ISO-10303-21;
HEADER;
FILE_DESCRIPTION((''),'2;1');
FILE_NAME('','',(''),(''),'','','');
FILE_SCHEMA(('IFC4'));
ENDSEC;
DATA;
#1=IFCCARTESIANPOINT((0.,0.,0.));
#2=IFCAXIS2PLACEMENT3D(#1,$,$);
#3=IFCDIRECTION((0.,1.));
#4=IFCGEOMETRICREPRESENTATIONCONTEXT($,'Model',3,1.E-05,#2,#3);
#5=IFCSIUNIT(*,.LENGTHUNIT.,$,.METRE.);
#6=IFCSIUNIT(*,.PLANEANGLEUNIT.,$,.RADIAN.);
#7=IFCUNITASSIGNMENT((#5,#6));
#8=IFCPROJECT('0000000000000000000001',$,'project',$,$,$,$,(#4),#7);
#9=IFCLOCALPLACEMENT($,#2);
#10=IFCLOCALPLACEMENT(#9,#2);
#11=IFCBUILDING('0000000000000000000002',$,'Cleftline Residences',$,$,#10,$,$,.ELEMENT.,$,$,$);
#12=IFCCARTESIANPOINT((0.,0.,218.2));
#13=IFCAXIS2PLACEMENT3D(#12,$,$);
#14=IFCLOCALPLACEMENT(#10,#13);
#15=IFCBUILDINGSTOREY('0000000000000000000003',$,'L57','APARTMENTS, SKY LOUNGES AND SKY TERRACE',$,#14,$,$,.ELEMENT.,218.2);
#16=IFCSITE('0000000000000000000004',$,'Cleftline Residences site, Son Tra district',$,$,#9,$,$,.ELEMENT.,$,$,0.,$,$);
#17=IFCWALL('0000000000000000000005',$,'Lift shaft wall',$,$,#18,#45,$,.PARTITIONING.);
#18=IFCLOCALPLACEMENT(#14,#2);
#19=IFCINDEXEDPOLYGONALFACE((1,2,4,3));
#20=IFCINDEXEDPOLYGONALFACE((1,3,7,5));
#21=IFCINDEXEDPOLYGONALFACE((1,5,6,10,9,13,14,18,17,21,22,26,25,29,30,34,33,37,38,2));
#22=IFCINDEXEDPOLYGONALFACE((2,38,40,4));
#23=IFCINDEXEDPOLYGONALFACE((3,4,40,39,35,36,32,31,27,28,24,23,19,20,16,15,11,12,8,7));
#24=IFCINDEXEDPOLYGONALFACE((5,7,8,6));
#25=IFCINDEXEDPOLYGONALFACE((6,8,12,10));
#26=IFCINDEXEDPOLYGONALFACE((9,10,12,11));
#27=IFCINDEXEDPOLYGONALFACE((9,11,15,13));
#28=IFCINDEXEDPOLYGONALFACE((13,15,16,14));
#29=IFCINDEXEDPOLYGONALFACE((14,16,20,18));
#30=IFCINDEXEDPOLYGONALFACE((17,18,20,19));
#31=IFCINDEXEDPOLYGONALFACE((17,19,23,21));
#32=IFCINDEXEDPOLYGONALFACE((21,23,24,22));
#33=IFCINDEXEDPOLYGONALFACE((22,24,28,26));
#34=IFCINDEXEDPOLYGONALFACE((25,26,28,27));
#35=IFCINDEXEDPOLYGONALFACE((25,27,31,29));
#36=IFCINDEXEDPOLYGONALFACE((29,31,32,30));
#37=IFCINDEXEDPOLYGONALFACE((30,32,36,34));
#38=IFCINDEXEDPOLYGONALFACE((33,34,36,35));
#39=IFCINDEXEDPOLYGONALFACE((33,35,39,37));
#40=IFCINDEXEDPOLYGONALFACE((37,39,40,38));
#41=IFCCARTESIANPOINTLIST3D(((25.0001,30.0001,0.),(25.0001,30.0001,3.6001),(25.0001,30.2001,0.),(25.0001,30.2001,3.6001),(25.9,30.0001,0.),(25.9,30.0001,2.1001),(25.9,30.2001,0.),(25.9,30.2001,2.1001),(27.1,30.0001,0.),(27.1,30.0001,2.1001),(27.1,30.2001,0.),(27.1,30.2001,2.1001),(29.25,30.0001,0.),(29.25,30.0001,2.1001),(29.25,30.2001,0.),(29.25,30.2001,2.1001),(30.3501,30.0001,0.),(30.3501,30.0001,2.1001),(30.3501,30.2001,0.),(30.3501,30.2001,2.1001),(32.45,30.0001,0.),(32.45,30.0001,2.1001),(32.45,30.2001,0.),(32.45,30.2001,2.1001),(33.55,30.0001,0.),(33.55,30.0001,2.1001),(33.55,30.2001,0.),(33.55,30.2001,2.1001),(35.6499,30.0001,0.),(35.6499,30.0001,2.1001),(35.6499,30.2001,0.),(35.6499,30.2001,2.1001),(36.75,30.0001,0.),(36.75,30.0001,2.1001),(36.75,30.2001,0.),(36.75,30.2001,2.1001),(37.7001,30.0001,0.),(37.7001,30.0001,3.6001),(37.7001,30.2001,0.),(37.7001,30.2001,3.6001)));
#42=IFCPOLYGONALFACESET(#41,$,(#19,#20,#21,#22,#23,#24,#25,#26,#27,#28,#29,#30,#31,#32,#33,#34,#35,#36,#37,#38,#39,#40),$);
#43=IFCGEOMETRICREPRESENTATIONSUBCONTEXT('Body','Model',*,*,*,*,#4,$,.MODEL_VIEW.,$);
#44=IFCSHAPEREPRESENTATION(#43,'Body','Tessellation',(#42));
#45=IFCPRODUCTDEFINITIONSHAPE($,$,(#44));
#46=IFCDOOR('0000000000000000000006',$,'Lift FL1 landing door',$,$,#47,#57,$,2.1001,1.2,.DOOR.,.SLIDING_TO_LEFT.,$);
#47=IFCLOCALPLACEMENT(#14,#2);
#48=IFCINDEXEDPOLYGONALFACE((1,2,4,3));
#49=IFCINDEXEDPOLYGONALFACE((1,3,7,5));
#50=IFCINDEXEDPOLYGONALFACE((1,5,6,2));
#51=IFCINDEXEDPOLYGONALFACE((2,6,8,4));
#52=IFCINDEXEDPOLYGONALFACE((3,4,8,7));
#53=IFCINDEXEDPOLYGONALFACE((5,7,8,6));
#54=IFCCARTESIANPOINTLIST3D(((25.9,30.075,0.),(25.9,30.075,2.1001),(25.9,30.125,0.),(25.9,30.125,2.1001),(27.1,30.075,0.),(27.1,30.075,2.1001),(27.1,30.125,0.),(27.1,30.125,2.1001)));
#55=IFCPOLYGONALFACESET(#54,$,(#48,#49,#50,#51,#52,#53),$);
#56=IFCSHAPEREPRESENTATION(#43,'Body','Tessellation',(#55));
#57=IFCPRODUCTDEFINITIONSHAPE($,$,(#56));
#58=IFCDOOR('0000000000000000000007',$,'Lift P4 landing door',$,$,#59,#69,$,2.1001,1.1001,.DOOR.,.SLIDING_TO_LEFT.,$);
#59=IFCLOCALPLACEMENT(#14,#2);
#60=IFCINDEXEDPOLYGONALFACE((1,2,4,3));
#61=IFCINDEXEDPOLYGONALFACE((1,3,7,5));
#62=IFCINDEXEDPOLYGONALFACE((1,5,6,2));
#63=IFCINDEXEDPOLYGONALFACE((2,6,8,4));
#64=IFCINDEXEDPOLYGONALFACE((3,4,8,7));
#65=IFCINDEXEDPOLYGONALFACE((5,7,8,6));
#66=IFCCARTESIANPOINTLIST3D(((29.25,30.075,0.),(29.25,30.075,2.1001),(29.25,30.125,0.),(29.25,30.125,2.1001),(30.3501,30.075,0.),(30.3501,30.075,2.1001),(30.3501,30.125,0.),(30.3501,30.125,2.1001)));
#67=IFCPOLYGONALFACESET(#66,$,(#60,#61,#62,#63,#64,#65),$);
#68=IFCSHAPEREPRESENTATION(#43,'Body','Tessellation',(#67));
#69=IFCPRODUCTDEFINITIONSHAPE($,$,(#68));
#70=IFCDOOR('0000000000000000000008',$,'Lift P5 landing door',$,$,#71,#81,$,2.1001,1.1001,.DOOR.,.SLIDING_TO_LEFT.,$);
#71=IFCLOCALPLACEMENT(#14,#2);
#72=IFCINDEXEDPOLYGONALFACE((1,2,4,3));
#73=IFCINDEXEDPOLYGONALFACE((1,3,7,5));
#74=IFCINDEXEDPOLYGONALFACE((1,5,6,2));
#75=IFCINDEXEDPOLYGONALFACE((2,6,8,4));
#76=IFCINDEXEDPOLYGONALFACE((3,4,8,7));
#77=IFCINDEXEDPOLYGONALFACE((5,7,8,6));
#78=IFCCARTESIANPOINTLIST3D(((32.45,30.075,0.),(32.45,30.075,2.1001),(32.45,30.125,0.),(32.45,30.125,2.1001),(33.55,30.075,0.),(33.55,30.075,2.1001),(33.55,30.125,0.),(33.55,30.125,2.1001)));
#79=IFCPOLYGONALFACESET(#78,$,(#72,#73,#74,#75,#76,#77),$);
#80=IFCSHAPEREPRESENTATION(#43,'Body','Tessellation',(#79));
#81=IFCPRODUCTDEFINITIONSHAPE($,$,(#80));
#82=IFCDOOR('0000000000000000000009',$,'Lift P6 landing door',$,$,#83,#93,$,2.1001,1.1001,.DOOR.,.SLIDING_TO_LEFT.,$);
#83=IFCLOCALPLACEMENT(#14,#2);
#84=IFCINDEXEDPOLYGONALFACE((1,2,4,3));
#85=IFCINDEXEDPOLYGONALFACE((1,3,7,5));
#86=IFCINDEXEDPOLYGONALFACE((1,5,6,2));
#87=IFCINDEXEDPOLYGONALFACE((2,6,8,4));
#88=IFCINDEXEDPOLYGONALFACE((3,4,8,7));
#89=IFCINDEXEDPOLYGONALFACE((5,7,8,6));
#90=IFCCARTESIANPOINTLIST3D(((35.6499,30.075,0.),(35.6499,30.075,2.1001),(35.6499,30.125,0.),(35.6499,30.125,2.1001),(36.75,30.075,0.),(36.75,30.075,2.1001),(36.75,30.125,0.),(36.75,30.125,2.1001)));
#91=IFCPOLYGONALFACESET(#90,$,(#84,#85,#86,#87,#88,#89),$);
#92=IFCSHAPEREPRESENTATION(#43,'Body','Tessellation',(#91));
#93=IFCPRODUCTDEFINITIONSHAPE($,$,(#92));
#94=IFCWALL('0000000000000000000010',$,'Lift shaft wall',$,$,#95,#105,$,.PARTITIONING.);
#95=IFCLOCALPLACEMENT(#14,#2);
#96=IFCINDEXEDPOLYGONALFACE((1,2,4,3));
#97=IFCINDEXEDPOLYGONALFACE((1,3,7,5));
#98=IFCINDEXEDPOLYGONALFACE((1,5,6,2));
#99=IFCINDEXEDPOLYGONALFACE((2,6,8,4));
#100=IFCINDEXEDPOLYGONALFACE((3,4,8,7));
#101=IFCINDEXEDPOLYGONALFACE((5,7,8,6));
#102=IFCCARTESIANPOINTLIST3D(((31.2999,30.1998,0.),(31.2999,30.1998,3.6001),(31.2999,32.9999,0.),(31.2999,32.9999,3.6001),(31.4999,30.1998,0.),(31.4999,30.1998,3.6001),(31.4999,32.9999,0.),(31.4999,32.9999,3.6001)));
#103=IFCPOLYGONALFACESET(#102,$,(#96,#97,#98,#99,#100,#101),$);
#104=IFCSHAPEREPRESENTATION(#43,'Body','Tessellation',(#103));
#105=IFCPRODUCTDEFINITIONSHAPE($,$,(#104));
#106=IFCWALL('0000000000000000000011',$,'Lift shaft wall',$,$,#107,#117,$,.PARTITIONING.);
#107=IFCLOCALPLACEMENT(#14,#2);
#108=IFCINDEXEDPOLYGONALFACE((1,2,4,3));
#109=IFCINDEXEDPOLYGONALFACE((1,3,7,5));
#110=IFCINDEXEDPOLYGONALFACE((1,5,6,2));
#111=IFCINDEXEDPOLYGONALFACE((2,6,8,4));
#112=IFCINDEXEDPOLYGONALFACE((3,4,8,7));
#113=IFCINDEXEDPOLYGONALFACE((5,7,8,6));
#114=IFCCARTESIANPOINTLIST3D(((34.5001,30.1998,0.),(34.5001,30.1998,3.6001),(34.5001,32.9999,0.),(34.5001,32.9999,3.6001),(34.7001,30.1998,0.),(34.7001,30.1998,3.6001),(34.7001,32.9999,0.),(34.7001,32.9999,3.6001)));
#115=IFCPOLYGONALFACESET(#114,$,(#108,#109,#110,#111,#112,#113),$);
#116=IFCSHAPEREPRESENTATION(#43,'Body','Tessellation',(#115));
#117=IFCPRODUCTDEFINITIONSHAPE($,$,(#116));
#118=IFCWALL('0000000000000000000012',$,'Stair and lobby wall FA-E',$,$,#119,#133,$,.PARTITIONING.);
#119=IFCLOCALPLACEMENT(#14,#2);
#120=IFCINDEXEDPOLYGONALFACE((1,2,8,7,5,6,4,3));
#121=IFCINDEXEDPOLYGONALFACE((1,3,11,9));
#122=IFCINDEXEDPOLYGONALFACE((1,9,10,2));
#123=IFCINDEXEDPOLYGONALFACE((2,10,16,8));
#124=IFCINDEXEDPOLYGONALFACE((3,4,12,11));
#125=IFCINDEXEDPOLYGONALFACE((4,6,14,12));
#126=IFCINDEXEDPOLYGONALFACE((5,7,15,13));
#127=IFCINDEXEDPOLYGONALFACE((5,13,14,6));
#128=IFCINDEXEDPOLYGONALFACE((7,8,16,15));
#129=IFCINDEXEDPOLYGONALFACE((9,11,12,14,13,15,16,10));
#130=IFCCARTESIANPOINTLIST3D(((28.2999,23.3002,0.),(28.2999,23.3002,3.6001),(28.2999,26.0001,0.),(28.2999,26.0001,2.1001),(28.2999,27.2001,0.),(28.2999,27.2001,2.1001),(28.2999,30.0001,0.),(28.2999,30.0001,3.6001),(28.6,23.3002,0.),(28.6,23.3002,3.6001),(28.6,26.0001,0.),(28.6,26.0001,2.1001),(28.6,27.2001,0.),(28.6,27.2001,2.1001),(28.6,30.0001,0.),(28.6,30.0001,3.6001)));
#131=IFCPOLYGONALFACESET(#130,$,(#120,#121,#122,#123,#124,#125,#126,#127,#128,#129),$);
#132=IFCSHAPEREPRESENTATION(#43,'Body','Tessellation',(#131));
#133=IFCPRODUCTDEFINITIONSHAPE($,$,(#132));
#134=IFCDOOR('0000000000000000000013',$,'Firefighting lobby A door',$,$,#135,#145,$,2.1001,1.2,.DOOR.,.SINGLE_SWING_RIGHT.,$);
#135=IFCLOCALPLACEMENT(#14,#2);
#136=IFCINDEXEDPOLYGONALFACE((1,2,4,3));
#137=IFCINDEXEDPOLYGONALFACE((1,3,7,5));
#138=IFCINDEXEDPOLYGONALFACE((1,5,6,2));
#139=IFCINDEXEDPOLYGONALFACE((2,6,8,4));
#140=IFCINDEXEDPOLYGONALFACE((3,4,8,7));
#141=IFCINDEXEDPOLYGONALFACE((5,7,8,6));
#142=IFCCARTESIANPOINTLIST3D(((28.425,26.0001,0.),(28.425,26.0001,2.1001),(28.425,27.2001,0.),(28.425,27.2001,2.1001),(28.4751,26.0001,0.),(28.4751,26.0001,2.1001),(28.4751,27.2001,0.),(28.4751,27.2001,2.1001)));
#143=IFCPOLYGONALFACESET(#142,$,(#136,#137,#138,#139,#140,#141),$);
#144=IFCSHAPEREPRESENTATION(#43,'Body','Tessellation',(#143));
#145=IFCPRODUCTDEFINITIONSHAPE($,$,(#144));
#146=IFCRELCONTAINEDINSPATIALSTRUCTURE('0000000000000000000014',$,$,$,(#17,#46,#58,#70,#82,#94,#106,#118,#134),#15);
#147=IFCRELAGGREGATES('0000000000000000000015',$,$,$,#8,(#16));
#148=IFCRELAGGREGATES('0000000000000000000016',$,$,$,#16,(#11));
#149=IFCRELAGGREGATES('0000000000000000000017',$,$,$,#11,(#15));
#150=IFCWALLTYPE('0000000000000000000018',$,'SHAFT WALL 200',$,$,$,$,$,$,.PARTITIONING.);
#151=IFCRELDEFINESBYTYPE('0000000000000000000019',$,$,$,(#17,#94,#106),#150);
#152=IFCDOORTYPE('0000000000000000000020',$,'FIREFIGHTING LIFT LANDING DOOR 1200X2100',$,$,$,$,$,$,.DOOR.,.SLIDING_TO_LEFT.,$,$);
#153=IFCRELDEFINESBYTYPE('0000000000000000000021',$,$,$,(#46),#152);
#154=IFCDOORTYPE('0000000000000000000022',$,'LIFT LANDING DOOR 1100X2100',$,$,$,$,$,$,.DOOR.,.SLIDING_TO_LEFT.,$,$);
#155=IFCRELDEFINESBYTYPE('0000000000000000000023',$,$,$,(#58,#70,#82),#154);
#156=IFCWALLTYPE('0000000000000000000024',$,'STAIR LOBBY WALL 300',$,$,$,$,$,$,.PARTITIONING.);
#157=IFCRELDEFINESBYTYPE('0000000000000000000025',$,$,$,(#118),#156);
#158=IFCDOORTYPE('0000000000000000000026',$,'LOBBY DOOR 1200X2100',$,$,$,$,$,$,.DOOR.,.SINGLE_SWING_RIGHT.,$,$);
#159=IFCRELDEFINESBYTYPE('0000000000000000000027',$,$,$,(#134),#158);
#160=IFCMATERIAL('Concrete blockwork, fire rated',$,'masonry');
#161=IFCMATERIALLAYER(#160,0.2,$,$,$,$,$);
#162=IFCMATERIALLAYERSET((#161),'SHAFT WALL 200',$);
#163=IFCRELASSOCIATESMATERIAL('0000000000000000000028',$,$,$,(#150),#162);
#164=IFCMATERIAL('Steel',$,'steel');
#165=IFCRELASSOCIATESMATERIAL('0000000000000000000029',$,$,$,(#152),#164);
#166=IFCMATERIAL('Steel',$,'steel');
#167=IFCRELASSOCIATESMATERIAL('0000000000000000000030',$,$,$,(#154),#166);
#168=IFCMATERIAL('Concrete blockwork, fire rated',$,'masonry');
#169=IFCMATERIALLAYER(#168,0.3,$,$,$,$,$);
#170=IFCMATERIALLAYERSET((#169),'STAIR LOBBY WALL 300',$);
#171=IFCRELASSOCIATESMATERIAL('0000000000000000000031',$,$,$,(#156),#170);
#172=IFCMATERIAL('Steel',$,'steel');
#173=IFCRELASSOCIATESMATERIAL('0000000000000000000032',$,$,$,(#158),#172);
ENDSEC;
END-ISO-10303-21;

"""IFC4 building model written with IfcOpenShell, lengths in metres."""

from ifc_helpers import new_model, si_unit, direction, frame, frame_2d, origin, place, context, subcontext, project, spatial, rectangle, extrude, material, layer, layer_set, type_object, element, fill, save


model = new_model("IFC4")

# Units and contexts
model_context = context("Model", 3, precision=1e-05, world=origin(), true_north=direction((0.0, 1.0)))
body_context = subcontext(model_context, "Body", "Model", "MODEL_VIEW")
ifc_project = project(units=[si_unit("LENGTHUNIT", "METRE"), si_unit("PLANEANGLEUNIT", "RADIAN")], contexts=[model_context])

# Site, building, storey
site_placement = place(None, origin())
site = spatial("IfcSite", under=ifc_project, at=site_placement, Name="Cleftline Residences site, Son Tra district", CompositionType="ELEMENT", RefElevation=0.0)
building_placement = place(site_placement, origin())
building = spatial("IfcBuilding", under=site, at=building_placement, Name="Cleftline Residences", CompositionType="ELEMENT")
storey_placement = place(building_placement, frame((0.0, 0.0, 218.2)))
storey = spatial("IfcBuildingStorey", under=building, at=storey_placement, Name="L57", Description="APARTMENTS, SKY LOUNGES AND SKY TERRACE", CompositionType="ELEMENT", Elevation=218.2)

# Wall, openings, doors
ifc_material_1 = material(Name="Concrete blockwork, fire rated", Category="masonry")
ifc_layer_1 = layer(ifc_material_1, 0.2)
ifc_layer_set_1 = layer_set([ifc_layer_1], Name="SHAFT WALL 200")
wall_type_1 = type_object("IfcWallType", Name="SHAFT WALL 200", PredefinedType="PARTITIONING", material=ifc_layer_set_1)
wall_1_placement = place(storey_placement, frame((25.0, 30.1001, 0.0), z_axis=(0.0, 0.0, 1.0), x_axis=(1.0, 0.0, 0.0)))
wall_1 = element("IfcWall", 1, at=wall_1_placement, inside=storey, type_object=wall_type_1, Name="Lift shaft wall", PredefinedType="PARTITIONING", context=body_context, shape_type="SweptSolid", body=[
    extrude(rectangle(XDim=12.7, YDim=0.2, at=frame_2d((6.3501, 0.0))), origin(), (0.0, 0.0, 1.0), 3.6001),
])
opening_1_placement = place(wall_1_placement, frame((4.25, 0.0, 0.0)))
opening_1 = element("IfcOpeningElement", 2, at=opening_1_placement, cuts=wall_1, PredefinedType="OPENING", context=body_context, shape_type="SweptSolid", body=[
    extrude(rectangle(XDim=1.1001, YDim=2.1001, at=frame_2d((0.55, 1.05))), frame((0.0, 0.1099, 0.0), z_axis=(0.0, -1.0, 0.0), x_axis=(1.0, 0.0, 0.0)), (0.0, 0.0, 1.0), 0.22),
])
opening_2_placement = place(wall_1_placement, frame((7.45, 0.0, 0.0)))
opening_2 = element("IfcOpeningElement", 3, at=opening_2_placement, cuts=wall_1, PredefinedType="OPENING", context=body_context, shape_type="SweptSolid", body=[
    extrude(rectangle(XDim=1.1001, YDim=2.1001, at=frame_2d((0.55, 1.05))), frame((0.0, 0.1099, 0.0), z_axis=(0.0, -1.0, 0.0), x_axis=(1.0, 0.0, 0.0)), (0.0, 0.0, 1.0), 0.22),
])
opening_3_placement = place(wall_1_placement, frame((10.6499, 0.0, 0.0)))
opening_3 = element("IfcOpeningElement", 4, at=opening_3_placement, cuts=wall_1, PredefinedType="OPENING", context=body_context, shape_type="SweptSolid", body=[
    extrude(rectangle(XDim=1.1001, YDim=2.1001, at=frame_2d((0.55, 1.05))), frame((0.0, 0.1099, 0.0), z_axis=(0.0, -1.0, 0.0), x_axis=(1.0, 0.0, 0.0)), (0.0, 0.0, 1.0), 0.22),
])
opening_4_placement = place(wall_1_placement, frame((0.8999, 0.0, 0.0)))
opening_4 = element("IfcOpeningElement", 5, at=opening_4_placement, cuts=wall_1, PredefinedType="OPENING", context=body_context, shape_type="SweptSolid", body=[
    extrude(rectangle(XDim=1.2, YDim=2.1001, at=frame_2d((0.6001, 1.05))), frame((0.0, 0.1099, 0.0), z_axis=(0.0, -1.0, 0.0), x_axis=(1.0, 0.0, 0.0)), (0.0, 0.0, 1.0), 0.22),
])
ifc_material_2 = material(Name="Steel", Category="steel")
door_type_1 = type_object("IfcDoorType", Name="FIREFIGHTING LIFT LANDING DOOR 1200X2100", OperationType="SLIDING_TO_LEFT", PredefinedType="DOOR", material=ifc_material_2)
door_1_placement = place(opening_4_placement, origin())
door_1 = element("IfcDoor", 6, at=door_1_placement, inside=storey, type_object=door_type_1, Name="Lift FL1 landing door", OperationType="SLIDING_TO_LEFT", OverallHeight=2.1001, OverallWidth=1.2, PredefinedType="DOOR", context=body_context, shape_type="SweptSolid", body=[
    extrude(rectangle(XDim=1.2, YDim=2.1001, at=frame_2d((0.6001, 1.05))), frame((0.0, 0.0249, 0.0), z_axis=(0.0, -1.0, 0.0), x_axis=(1.0, 0.0, 0.0)), (0.0, 0.0, 1.0), 0.05),
])
fill(opening_4, door_1)
ifc_material_3 = material(Name="Steel", Category="steel")
door_type_2 = type_object("IfcDoorType", Name="LIFT LANDING DOOR 1100X2100", OperationType="SLIDING_TO_LEFT", PredefinedType="DOOR", material=ifc_material_3)
door_2_placement = place(opening_1_placement, origin())
door_2 = element("IfcDoor", 7, at=door_2_placement, inside=storey, type_object=door_type_2, Name="Lift P4 landing door", OperationType="SLIDING_TO_LEFT", OverallHeight=2.1001, OverallWidth=1.1001, PredefinedType="DOOR", context=body_context, shape_type="SweptSolid", body=[
    extrude(rectangle(XDim=1.1001, YDim=2.1001, at=frame_2d((0.55, 1.05))), frame((0.0, 0.0249, 0.0), z_axis=(0.0, -1.0, 0.0), x_axis=(1.0, 0.0, 0.0)), (0.0, 0.0, 1.0), 0.05),
])
fill(opening_1, door_2)
door_3_placement = place(opening_2_placement, origin())
door_3 = element("IfcDoor", 8, at=door_3_placement, inside=storey, type_object=door_type_2, Name="Lift P5 landing door", OperationType="SLIDING_TO_LEFT", OverallHeight=2.1001, OverallWidth=1.1001, PredefinedType="DOOR", context=body_context, shape_type="SweptSolid", body=[
    extrude(rectangle(XDim=1.1001, YDim=2.1001, at=frame_2d((0.55, 1.05))), frame((0.0, 0.0249, 0.0), z_axis=(0.0, -1.0, 0.0), x_axis=(1.0, 0.0, 0.0)), (0.0, 0.0, 1.0), 0.05),
])
fill(opening_2, door_3)
door_4_placement = place(opening_3_placement, origin())
door_4 = element("IfcDoor", 9, at=door_4_placement, inside=storey, type_object=door_type_2, Name="Lift P6 landing door", OperationType="SLIDING_TO_LEFT", OverallHeight=2.1001, OverallWidth=1.1001, PredefinedType="DOOR", context=body_context, shape_type="SweptSolid", body=[
    extrude(rectangle(XDim=1.1001, YDim=2.1001, at=frame_2d((0.55, 1.05))), frame((0.0, 0.0249, 0.0), z_axis=(0.0, -1.0, 0.0), x_axis=(1.0, 0.0, 0.0)), (0.0, 0.0, 1.0), 0.05),
])
fill(opening_3, door_4)

# Walls
for number, where, z_axis, x_axis, name in (
    (10, (31.3999, 30.2, 0.0), (0.0, 0.0, 1.0), (0.0, 1.0, 0.0), "Lift shaft wall"),
    (11, (34.6001, 30.2, 0.0), (0.0, 0.0, 1.0), (0.0, 1.0, 0.0), "Lift shaft wall"),
):
    element("IfcWall", number, at=place(storey_placement, frame(where, z_axis=z_axis, x_axis=x_axis)), inside=storey, type_object=wall_type_1, Name=name, PredefinedType="PARTITIONING", context=body_context, shape_type="SweptSolid", body=[
        extrude(rectangle(XDim=2.8, YDim=0.2, at=frame_2d((1.3999, 0.0))), origin(), (0.0, 0.0, 1.0), 3.6001),
    ])

# Wall, opening, door
ifc_material_4 = material(Name="Concrete blockwork, fire rated", Category="masonry")
ifc_layer_2 = layer(ifc_material_4, 0.3)
ifc_layer_set_2 = layer_set([ifc_layer_2], Name="STAIR LOBBY WALL 300")
wall_type_2 = type_object("IfcWallType", Name="STAIR LOBBY WALL 300", PredefinedType="PARTITIONING", material=ifc_layer_set_2)
wall_2_placement = place(storey_placement, frame((28.45, 23.3, 0.0), z_axis=(0.0, 0.0, 1.0), x_axis=(0.0, 1.0, 0.0)))
wall_2 = element("IfcWall", 12, at=wall_2_placement, inside=storey, type_object=wall_type_2, Name="Stair and lobby wall FA-E", PredefinedType="PARTITIONING", context=body_context, shape_type="SweptSolid", body=[
    extrude(rectangle(XDim=6.7, YDim=0.3, at=frame_2d((3.3501, 0.0))), origin(), (0.0, 0.0, 1.0), 3.6001),
])
opening_5_placement = place(wall_2_placement, frame((2.7, 0.0, 0.0)))
opening_5 = element("IfcOpeningElement", 13, at=opening_5_placement, cuts=wall_2, PredefinedType="OPENING", context=body_context, shape_type="SweptSolid", body=[
    extrude(rectangle(XDim=1.2, YDim=2.1001, at=frame_2d((0.6001, 1.05))), frame((0.0, 0.1599, 0.0), z_axis=(0.0, -1.0, 0.0), x_axis=(1.0, 0.0, 0.0)), (0.0, 0.0, 1.0), 0.3201),
])
ifc_material_5 = material(Name="Steel", Category="steel")
door_type_3 = type_object("IfcDoorType", Name="LOBBY DOOR 1200X2100", OperationType="SINGLE_SWING_RIGHT", PredefinedType="DOOR", material=ifc_material_5)
door_5_placement = place(opening_5_placement, origin())
door_5 = element("IfcDoor", 14, at=door_5_placement, inside=storey, type_object=door_type_3, Name="Firefighting lobby A door", OperationType="SINGLE_SWING_RIGHT", OverallHeight=2.1001, OverallWidth=1.2, PredefinedType="DOOR", context=body_context, shape_type="SweptSolid", body=[
    extrude(rectangle(XDim=1.2, YDim=2.1001, at=frame_2d((0.6001, 1.05))), frame((0.0, 0.0249, 0.0), z_axis=(0.0, -1.0, 0.0), x_axis=(1.0, 0.0, 0.0)), (0.0, 0.0, 1.0), 0.05),
])
fill(opening_5, door_5)

save(model, "model.ifc")
